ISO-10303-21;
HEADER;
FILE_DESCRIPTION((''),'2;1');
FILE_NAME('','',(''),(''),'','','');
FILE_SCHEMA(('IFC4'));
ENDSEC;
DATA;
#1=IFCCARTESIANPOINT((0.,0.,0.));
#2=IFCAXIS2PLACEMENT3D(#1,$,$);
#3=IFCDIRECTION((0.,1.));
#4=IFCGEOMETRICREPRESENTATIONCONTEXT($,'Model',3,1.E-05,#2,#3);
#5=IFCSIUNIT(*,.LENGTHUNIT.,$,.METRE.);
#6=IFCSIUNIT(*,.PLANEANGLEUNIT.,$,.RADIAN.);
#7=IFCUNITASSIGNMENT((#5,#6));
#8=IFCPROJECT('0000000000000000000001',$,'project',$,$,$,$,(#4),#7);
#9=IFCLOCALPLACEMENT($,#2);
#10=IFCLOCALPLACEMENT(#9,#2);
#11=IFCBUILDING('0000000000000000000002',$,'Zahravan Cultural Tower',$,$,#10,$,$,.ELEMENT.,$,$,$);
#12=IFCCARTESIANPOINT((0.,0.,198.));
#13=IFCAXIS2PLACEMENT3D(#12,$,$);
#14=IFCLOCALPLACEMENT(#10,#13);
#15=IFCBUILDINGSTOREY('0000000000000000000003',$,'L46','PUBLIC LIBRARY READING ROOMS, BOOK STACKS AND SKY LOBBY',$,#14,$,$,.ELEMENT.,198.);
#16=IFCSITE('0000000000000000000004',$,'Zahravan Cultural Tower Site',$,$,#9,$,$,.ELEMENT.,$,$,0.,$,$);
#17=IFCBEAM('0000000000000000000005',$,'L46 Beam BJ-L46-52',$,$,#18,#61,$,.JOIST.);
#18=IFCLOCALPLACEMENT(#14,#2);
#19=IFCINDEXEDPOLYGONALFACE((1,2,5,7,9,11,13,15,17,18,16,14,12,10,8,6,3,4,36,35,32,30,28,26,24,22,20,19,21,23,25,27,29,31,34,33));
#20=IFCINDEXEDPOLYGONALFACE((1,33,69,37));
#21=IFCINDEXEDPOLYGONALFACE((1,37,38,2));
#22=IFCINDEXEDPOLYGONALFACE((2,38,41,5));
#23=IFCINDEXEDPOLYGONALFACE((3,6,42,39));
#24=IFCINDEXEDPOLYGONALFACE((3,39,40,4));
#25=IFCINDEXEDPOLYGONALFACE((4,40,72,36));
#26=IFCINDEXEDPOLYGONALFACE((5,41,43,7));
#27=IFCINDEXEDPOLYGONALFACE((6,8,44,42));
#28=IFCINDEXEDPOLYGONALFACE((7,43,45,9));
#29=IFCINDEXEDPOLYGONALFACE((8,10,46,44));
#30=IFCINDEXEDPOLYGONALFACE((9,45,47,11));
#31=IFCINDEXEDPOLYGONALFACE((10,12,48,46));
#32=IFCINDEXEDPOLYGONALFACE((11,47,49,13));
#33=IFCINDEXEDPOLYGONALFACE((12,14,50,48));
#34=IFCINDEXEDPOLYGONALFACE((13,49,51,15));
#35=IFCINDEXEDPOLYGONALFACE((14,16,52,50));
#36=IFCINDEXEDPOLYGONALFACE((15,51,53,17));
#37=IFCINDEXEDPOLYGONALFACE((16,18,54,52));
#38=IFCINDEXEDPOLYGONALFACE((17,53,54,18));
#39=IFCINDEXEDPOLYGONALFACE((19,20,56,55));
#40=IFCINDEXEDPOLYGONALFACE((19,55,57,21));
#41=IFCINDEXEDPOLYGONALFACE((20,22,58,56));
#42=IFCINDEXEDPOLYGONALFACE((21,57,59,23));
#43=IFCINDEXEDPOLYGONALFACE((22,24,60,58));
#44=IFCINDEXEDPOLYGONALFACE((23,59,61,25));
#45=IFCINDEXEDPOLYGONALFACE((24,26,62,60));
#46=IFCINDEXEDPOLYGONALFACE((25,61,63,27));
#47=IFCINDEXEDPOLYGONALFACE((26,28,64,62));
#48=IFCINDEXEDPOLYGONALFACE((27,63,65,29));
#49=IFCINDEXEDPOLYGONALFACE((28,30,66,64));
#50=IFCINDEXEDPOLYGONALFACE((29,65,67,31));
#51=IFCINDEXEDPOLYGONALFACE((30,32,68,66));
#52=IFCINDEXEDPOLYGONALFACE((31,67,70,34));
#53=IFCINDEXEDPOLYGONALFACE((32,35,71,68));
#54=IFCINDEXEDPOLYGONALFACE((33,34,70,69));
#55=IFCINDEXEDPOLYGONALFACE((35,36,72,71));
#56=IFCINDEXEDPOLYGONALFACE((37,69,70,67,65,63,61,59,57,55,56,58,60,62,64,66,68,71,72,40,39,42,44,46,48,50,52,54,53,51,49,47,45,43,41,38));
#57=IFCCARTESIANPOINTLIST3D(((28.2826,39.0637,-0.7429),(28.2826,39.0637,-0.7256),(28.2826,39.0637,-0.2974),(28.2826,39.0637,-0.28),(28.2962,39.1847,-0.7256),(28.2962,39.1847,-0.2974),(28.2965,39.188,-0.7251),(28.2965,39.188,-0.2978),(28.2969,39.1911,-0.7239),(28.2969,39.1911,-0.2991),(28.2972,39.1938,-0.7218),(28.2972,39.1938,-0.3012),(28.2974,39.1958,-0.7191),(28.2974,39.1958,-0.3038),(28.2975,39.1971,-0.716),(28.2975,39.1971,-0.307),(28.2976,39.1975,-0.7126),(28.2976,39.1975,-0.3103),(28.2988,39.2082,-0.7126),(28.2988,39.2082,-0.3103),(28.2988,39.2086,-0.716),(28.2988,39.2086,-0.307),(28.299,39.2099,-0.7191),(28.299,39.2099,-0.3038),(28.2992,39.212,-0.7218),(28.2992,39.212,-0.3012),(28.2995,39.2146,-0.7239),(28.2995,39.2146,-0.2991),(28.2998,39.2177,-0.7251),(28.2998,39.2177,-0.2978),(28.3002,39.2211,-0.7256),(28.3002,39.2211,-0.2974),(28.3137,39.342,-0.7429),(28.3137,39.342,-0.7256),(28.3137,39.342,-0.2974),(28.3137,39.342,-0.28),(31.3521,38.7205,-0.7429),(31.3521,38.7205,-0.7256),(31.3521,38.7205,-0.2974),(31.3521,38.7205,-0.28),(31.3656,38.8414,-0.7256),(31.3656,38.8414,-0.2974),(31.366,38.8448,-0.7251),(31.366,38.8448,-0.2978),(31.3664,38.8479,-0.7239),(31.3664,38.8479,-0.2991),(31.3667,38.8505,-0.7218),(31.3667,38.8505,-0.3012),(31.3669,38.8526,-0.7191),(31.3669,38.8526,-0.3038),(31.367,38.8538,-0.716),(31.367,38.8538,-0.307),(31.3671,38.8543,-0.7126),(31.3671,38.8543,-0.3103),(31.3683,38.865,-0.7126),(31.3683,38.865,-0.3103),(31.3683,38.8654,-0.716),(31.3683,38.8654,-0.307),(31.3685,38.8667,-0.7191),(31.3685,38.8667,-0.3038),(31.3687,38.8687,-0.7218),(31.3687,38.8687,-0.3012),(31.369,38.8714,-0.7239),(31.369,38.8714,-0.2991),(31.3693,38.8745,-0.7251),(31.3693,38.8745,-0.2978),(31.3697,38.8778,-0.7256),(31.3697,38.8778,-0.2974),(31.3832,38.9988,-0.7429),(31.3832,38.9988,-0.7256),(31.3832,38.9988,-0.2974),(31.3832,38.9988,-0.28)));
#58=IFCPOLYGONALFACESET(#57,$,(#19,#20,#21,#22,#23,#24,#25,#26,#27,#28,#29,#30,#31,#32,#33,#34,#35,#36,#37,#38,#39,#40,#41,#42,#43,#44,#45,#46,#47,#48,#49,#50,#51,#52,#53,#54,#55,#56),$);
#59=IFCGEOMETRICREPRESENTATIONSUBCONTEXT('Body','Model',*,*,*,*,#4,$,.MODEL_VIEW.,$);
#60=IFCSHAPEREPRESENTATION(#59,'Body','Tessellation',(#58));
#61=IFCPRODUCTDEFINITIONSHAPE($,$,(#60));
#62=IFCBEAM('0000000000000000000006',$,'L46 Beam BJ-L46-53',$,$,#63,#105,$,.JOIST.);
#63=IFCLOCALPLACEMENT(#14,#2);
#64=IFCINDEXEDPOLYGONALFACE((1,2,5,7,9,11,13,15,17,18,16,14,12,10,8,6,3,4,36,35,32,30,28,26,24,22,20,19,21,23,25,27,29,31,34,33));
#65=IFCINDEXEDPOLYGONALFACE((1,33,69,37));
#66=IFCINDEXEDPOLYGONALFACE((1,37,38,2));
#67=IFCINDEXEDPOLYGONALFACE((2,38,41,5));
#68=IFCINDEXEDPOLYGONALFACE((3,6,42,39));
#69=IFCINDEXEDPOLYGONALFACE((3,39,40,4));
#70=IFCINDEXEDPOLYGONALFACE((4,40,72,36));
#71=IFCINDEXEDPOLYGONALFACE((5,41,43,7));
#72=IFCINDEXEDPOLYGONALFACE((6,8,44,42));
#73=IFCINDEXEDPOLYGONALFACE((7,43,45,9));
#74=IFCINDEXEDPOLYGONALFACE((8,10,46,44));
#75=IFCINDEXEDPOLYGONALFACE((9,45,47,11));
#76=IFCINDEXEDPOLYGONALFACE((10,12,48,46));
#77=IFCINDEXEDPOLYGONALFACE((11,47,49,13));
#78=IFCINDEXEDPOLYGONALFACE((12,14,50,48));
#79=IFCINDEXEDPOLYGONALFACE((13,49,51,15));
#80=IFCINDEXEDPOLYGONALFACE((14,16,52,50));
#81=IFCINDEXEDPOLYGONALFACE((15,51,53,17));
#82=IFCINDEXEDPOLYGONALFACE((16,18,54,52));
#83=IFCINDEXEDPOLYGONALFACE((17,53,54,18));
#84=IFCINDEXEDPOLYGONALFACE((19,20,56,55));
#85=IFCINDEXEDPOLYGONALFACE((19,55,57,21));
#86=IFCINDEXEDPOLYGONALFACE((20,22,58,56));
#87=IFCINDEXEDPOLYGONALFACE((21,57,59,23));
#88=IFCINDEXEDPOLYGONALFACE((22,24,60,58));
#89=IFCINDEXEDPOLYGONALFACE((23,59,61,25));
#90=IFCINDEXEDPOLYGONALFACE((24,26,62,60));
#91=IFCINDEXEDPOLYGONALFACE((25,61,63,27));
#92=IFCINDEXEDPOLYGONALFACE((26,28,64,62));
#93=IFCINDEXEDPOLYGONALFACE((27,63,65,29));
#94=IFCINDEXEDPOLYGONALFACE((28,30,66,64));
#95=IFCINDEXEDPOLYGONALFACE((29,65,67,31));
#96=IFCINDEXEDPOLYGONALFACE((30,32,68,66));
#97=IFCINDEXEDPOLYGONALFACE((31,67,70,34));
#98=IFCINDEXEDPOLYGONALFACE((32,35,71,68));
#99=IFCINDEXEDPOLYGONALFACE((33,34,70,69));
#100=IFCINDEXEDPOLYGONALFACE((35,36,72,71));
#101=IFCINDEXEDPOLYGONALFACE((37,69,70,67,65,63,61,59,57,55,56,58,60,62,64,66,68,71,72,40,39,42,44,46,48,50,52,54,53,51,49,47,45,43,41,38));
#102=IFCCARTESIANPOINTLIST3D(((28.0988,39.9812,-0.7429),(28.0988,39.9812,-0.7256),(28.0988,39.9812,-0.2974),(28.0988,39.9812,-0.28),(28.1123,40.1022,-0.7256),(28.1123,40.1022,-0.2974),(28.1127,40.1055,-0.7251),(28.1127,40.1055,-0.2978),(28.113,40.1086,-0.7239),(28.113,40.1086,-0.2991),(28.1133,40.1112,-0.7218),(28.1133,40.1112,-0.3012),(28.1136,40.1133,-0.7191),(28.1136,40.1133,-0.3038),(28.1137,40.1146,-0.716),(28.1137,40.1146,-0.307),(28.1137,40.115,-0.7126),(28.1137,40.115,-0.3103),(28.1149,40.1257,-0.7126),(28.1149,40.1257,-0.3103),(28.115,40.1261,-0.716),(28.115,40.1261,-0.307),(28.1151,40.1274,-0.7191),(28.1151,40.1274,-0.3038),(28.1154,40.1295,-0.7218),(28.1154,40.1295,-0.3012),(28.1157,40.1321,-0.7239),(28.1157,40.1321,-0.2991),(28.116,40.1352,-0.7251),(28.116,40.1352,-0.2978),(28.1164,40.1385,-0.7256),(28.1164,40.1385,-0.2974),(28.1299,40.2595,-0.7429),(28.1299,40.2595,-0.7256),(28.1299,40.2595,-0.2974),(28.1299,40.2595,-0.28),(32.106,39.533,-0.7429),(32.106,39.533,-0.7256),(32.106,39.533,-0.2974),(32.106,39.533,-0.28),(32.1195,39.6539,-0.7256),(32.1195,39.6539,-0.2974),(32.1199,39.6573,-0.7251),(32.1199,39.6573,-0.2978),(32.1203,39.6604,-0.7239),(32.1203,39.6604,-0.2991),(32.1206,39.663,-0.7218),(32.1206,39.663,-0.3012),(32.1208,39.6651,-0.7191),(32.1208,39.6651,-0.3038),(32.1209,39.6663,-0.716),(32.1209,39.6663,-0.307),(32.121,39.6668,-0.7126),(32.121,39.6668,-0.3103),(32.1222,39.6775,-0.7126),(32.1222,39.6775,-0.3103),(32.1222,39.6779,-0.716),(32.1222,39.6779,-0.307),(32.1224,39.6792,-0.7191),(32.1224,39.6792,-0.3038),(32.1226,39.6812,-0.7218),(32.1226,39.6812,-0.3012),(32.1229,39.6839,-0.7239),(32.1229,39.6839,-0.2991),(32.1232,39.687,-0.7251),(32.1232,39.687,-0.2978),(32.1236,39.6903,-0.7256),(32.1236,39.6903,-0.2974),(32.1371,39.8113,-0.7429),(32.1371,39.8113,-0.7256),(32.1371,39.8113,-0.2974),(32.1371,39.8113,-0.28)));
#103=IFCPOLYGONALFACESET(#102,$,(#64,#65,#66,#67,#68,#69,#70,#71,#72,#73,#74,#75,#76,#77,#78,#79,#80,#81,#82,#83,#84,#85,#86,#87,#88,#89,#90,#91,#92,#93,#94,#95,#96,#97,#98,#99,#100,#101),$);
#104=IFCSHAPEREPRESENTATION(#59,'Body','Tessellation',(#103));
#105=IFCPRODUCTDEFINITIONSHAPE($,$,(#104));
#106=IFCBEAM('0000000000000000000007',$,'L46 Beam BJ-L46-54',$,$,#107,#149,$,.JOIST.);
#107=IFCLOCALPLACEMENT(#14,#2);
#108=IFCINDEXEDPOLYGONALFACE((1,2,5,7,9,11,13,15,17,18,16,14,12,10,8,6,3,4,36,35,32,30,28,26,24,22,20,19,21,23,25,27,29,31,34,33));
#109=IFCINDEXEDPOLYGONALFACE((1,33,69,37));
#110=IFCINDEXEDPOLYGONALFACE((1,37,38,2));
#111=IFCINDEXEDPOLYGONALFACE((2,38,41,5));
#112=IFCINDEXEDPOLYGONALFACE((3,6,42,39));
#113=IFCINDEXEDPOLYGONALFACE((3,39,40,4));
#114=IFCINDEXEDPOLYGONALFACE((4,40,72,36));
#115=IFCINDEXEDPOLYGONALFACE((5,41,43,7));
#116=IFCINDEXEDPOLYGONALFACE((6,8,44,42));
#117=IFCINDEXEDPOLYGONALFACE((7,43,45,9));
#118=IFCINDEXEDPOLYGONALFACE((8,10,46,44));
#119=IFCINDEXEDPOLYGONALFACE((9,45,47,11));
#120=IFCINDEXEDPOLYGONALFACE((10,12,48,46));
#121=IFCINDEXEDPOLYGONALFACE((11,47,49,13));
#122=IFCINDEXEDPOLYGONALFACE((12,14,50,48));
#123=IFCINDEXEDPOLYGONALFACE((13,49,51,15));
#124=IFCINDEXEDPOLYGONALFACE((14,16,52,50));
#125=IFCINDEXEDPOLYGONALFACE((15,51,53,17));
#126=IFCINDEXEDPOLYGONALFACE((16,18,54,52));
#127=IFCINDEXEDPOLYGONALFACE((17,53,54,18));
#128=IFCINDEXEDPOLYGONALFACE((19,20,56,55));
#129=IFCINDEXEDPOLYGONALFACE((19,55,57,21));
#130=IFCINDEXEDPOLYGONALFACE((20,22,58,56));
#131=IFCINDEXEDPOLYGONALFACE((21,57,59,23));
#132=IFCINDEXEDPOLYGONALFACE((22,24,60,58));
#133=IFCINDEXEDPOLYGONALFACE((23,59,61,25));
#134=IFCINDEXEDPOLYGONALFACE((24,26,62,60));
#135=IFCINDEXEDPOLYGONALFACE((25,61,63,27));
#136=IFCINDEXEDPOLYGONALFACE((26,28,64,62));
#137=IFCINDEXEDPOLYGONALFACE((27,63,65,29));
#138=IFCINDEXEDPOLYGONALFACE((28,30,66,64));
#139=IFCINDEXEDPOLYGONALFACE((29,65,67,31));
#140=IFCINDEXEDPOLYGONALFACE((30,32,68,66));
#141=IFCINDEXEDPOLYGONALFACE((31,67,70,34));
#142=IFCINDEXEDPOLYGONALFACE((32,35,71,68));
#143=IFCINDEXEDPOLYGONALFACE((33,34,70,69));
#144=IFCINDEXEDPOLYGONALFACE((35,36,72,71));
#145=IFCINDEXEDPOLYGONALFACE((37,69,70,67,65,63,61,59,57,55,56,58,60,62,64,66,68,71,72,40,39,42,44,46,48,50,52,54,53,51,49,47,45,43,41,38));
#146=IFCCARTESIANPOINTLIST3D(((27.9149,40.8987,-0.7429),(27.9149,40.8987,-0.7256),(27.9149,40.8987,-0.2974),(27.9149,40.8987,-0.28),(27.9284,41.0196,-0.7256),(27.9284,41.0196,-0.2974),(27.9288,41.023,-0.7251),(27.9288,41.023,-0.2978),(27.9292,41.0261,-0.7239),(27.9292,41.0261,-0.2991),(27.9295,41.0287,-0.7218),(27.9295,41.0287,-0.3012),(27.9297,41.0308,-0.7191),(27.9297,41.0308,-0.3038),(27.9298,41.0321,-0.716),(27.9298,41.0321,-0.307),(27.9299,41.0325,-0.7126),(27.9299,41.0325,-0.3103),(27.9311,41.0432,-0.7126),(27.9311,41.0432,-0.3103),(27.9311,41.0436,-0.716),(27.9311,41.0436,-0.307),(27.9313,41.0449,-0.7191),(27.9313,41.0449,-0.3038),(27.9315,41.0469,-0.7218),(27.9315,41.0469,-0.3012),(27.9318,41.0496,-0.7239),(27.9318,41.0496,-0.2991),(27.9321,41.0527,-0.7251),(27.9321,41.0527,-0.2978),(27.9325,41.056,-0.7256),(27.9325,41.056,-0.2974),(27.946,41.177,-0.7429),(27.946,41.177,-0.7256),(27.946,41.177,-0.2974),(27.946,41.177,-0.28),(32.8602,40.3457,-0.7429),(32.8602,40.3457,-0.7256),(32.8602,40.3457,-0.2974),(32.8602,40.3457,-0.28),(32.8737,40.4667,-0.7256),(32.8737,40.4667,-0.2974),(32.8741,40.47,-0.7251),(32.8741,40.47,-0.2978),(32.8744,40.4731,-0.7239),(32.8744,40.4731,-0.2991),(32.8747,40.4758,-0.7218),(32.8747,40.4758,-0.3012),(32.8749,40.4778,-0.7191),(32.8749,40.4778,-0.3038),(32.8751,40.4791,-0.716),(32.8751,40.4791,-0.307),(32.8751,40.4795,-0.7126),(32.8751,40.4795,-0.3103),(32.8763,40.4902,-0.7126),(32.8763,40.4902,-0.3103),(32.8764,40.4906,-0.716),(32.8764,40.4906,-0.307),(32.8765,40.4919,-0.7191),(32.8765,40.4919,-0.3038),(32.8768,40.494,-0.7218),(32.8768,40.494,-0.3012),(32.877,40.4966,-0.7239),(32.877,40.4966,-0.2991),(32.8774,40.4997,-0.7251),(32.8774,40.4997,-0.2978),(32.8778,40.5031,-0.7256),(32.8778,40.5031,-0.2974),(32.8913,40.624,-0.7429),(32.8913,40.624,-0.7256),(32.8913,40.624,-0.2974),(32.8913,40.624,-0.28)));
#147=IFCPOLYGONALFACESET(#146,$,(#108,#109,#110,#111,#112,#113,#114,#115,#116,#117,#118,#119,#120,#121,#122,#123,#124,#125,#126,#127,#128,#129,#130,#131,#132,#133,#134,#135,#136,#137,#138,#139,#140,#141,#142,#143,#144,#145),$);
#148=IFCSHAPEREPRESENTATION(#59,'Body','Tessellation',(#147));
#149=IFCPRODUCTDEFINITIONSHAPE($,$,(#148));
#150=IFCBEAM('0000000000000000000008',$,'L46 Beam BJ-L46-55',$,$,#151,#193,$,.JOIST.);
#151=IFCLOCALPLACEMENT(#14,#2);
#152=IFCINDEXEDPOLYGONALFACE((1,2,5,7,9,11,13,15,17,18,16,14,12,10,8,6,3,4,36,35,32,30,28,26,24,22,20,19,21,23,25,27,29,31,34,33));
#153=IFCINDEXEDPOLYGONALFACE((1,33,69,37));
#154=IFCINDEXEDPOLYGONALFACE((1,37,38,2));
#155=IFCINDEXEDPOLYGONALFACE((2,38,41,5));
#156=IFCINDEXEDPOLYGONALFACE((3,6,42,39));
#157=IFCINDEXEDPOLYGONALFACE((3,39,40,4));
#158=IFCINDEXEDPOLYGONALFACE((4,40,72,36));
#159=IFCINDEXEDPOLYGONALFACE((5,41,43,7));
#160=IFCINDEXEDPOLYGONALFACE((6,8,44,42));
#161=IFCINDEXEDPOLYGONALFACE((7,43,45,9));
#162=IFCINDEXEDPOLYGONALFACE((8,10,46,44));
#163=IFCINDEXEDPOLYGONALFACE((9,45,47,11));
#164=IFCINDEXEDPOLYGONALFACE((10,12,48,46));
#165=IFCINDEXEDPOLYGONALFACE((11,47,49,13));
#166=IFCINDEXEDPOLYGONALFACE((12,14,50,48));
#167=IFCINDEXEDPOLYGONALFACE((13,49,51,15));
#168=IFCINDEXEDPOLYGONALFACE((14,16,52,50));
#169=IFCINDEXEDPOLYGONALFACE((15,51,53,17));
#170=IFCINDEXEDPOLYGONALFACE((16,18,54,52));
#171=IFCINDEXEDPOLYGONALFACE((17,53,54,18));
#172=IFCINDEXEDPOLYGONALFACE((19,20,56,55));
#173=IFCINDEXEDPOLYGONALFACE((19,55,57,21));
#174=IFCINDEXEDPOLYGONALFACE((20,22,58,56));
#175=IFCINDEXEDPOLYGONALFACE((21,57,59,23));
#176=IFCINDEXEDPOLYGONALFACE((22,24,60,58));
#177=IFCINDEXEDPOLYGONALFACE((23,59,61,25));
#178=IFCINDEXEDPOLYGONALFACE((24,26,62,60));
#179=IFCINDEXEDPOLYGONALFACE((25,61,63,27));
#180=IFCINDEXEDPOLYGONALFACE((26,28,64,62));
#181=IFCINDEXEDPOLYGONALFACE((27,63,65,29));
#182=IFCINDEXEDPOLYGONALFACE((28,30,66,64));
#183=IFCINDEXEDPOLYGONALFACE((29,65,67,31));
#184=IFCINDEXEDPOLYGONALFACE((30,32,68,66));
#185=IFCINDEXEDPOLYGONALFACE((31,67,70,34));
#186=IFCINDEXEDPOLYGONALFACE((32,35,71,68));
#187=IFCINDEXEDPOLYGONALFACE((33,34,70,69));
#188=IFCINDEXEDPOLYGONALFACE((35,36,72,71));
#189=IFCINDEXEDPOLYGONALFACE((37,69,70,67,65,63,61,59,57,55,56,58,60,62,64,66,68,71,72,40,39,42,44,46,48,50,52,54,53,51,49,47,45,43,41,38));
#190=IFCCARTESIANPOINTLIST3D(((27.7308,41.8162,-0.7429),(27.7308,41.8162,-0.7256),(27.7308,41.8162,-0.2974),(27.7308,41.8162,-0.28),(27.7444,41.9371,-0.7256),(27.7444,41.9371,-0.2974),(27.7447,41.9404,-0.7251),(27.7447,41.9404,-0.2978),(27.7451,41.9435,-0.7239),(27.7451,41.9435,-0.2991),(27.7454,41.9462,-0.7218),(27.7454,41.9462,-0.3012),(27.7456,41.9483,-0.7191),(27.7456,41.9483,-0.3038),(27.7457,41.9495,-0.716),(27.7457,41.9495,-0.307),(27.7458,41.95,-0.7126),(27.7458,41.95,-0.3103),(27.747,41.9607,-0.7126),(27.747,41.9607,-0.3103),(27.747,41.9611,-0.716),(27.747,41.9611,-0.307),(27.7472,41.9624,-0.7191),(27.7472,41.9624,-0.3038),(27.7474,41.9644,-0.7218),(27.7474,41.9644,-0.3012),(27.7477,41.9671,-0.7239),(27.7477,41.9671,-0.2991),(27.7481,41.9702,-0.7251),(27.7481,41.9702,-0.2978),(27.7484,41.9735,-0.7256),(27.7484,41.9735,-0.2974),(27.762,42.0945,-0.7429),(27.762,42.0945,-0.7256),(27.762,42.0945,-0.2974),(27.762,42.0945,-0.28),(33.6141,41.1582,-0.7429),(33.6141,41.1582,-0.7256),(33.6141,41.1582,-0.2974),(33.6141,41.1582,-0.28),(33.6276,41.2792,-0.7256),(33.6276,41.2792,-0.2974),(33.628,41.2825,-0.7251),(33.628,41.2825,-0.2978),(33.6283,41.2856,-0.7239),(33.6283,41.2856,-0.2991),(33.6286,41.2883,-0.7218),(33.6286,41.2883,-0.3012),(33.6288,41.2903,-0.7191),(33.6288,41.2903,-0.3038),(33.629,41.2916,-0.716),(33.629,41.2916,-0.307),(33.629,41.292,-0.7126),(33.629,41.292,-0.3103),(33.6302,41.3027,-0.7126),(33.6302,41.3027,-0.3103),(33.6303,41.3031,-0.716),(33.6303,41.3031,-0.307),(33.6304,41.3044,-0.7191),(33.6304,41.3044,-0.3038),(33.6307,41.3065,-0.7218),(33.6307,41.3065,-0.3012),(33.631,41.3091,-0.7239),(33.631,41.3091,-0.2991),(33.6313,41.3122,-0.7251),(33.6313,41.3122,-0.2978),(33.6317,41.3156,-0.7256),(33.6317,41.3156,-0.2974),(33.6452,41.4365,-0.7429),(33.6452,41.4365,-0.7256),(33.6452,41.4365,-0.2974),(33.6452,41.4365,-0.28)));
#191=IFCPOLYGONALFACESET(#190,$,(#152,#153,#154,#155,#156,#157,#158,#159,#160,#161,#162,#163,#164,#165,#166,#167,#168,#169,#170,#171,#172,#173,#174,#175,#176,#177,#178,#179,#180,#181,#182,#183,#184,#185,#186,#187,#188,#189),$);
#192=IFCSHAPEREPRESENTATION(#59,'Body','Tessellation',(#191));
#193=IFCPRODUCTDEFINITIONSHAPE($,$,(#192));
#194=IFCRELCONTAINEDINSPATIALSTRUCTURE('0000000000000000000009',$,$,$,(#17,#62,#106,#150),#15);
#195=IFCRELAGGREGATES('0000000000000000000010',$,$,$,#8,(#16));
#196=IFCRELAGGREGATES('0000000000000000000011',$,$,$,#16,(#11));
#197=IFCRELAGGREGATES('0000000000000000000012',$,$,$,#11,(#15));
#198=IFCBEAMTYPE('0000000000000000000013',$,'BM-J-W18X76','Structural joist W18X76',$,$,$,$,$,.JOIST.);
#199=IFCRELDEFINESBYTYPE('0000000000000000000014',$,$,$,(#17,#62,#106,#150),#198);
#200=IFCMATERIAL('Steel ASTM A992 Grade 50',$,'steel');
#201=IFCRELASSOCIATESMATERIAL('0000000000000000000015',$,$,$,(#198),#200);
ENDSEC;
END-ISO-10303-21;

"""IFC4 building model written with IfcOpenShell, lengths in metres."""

from ifc_helpers import new_model, si_unit, direction, frame, origin, origin_2d, place, context, subcontext, project, spatial, i_section, extrude, source, transform, mapped, material, material_profile, profile_set, type_object, element, save


model = new_model("IFC4")

# Units and contexts
model_context = context("Model", 3, precision=1e-05, world=origin(), true_north=direction((0.0, 1.0)))
body_context = subcontext(model_context, "Body", "Model", "MODEL_VIEW")
ifc_project = project(units=[si_unit("LENGTHUNIT", "METRE"), si_unit("PLANEANGLEUNIT", "RADIAN")], contexts=[model_context])

# Site, building, storey
site_placement = place(None, origin())
site = spatial("IfcSite", under=ifc_project, at=site_placement, Name="Zahravan Cultural Tower Site", CompositionType="ELEMENT", RefElevation=0.0)
building_placement = place(site_placement, origin())
building = spatial("IfcBuilding", under=site, at=building_placement, Name="Zahravan Cultural Tower", CompositionType="ELEMENT")
storey_placement = place(building_placement, frame((0.0, 0.0, 198.0)))
storey = spatial("IfcBuildingStorey", under=building, at=storey_placement, Name="L46", Description="PUBLIC LIBRARY READING ROOMS, BOOK STACKS AND SKY LOBBY", CompositionType="ELEMENT", Elevation=198.0)

# Shared definitions
ifc_material_1 = material(Name="Steel ASTM A992 Grade 50", Category="steel")

# Beams
ifc_material_profile_1 = material_profile(ifc_material_1, i_section(OverallWidth=0.28, OverallDepth=0.4629, WebThickness=0.0107, FlangeThickness=0.0173, FilletRadius=0.0129, at=origin_2d()), Name="W18X76")
ifc_profile_set_1 = profile_set([ifc_material_profile_1], Name="Steel ASTM A992 Grade 50")
beam_type_1 = type_object("IfcBeamType", Name="BM-J-W18X76", Description="Structural joist W18X76", PredefinedType="JOIST", material=ifc_profile_set_1)
shared_shape_1 = source(origin(), body_context, "Body", "SweptSolid", [
    extrude(i_section(OverallWidth=0.28, OverallDepth=0.4629, WebThickness=0.0107, FlangeThickness=0.0173, FilletRadius=0.0129, at=origin_2d()), origin(), (0.0, 0.0, 1.0), 3.0886),
])
beam_1_placement = place(storey_placement, frame((31.3677, 38.8596, -0.5115), z_axis=(-0.993805, 0.111134, 0.0), x_axis=(-0.111134, -0.993805, 0.0)))
element("IfcBeam", 1, at=beam_1_placement, inside=storey, type_object=beam_type_1, Name="L46 Beam BJ-L46-52", PredefinedType="JOIST", context=body_context, shape_type="MappedRepresentation", body=[
    mapped(shared_shape_1, transform((0.0, 0.0, 0.0), x_axis=(1.0, 0.0, 0.0), y_axis=(0.0, 1.0, 0.0), z_axis=(0.0, 0.0, 1.0), scale=1.0)),
])
shared_shape_2 = source(origin(), body_context, "Body", "SweptSolid", [
    extrude(i_section(OverallWidth=0.28, OverallDepth=0.4629, WebThickness=0.0107, FlangeThickness=0.0173, FilletRadius=0.0129, at=origin_2d()), origin(), (0.0, 0.0, 1.0), 4.0322),
])
beam_2_placement = place(storey_placement, frame((32.1216, 39.6721, -0.5115), z_axis=(-0.993802, 0.111162, 0.0), x_axis=(-0.111162, -0.993802, 0.0)))
element("IfcBeam", 2, at=beam_2_placement, inside=storey, type_object=beam_type_1, Name="L46 Beam BJ-L46-53", PredefinedType="JOIST", context=body_context, shape_type="MappedRepresentation", body=[
    mapped(shared_shape_2, transform((0.0, 0.0, 0.0), x_axis=(1.0, 0.0, 0.0), y_axis=(0.0, 1.0, 0.0), z_axis=(0.0, 0.0, 1.0), scale=1.0)),
])
shared_shape_3 = source(origin(), body_context, "Body", "SweptSolid", [
    extrude(i_section(OverallWidth=0.28, OverallDepth=0.4629, WebThickness=0.0107, FlangeThickness=0.0173, FilletRadius=0.0129, at=origin_2d()), origin(), (0.0, 0.0, 1.0), 4.9761),
])
beam_3_placement = place(storey_placement, frame((32.8757, 40.4849, -0.5115), z_axis=(-0.993806, 0.111126, 0.0), x_axis=(-0.111126, -0.993806, 0.0)))
element("IfcBeam", 3, at=beam_3_placement, inside=storey, type_object=beam_type_1, Name="L46 Beam BJ-L46-54", PredefinedType="JOIST", context=body_context, shape_type="MappedRepresentation", body=[
    mapped(shared_shape_3, transform((0.0, 0.0, 0.0), x_axis=(1.0, 0.0, 0.0), y_axis=(0.0, 1.0, 0.0), z_axis=(0.0, 0.0, 1.0), scale=1.0)),
])
shared_shape_4 = source(origin(), body_context, "Body", "SweptSolid", [
    extrude(i_section(OverallWidth=0.28, OverallDepth=0.4629, WebThickness=0.0107, FlangeThickness=0.0173, FilletRadius=0.0129, at=origin_2d()), origin(), (0.0, 0.0, 1.0), 5.9199),
])
beam_4_placement = place(storey_placement, frame((33.6296, 41.2974, -0.5115), z_axis=(-0.993805, 0.111142, 0.0), x_axis=(-0.111142, -0.993805, 0.0)))
element("IfcBeam", 4, at=beam_4_placement, inside=storey, type_object=beam_type_1, Name="L46 Beam BJ-L46-55", PredefinedType="JOIST", context=body_context, shape_type="MappedRepresentation", body=[
    mapped(shared_shape_4, transform((0.0, 0.0, 0.0), x_axis=(1.0, 0.0, 0.0), y_axis=(0.0, 1.0, 0.0), z_axis=(0.0, 0.0, 1.0), scale=1.0)),
])

save(model, "model.ifc")
